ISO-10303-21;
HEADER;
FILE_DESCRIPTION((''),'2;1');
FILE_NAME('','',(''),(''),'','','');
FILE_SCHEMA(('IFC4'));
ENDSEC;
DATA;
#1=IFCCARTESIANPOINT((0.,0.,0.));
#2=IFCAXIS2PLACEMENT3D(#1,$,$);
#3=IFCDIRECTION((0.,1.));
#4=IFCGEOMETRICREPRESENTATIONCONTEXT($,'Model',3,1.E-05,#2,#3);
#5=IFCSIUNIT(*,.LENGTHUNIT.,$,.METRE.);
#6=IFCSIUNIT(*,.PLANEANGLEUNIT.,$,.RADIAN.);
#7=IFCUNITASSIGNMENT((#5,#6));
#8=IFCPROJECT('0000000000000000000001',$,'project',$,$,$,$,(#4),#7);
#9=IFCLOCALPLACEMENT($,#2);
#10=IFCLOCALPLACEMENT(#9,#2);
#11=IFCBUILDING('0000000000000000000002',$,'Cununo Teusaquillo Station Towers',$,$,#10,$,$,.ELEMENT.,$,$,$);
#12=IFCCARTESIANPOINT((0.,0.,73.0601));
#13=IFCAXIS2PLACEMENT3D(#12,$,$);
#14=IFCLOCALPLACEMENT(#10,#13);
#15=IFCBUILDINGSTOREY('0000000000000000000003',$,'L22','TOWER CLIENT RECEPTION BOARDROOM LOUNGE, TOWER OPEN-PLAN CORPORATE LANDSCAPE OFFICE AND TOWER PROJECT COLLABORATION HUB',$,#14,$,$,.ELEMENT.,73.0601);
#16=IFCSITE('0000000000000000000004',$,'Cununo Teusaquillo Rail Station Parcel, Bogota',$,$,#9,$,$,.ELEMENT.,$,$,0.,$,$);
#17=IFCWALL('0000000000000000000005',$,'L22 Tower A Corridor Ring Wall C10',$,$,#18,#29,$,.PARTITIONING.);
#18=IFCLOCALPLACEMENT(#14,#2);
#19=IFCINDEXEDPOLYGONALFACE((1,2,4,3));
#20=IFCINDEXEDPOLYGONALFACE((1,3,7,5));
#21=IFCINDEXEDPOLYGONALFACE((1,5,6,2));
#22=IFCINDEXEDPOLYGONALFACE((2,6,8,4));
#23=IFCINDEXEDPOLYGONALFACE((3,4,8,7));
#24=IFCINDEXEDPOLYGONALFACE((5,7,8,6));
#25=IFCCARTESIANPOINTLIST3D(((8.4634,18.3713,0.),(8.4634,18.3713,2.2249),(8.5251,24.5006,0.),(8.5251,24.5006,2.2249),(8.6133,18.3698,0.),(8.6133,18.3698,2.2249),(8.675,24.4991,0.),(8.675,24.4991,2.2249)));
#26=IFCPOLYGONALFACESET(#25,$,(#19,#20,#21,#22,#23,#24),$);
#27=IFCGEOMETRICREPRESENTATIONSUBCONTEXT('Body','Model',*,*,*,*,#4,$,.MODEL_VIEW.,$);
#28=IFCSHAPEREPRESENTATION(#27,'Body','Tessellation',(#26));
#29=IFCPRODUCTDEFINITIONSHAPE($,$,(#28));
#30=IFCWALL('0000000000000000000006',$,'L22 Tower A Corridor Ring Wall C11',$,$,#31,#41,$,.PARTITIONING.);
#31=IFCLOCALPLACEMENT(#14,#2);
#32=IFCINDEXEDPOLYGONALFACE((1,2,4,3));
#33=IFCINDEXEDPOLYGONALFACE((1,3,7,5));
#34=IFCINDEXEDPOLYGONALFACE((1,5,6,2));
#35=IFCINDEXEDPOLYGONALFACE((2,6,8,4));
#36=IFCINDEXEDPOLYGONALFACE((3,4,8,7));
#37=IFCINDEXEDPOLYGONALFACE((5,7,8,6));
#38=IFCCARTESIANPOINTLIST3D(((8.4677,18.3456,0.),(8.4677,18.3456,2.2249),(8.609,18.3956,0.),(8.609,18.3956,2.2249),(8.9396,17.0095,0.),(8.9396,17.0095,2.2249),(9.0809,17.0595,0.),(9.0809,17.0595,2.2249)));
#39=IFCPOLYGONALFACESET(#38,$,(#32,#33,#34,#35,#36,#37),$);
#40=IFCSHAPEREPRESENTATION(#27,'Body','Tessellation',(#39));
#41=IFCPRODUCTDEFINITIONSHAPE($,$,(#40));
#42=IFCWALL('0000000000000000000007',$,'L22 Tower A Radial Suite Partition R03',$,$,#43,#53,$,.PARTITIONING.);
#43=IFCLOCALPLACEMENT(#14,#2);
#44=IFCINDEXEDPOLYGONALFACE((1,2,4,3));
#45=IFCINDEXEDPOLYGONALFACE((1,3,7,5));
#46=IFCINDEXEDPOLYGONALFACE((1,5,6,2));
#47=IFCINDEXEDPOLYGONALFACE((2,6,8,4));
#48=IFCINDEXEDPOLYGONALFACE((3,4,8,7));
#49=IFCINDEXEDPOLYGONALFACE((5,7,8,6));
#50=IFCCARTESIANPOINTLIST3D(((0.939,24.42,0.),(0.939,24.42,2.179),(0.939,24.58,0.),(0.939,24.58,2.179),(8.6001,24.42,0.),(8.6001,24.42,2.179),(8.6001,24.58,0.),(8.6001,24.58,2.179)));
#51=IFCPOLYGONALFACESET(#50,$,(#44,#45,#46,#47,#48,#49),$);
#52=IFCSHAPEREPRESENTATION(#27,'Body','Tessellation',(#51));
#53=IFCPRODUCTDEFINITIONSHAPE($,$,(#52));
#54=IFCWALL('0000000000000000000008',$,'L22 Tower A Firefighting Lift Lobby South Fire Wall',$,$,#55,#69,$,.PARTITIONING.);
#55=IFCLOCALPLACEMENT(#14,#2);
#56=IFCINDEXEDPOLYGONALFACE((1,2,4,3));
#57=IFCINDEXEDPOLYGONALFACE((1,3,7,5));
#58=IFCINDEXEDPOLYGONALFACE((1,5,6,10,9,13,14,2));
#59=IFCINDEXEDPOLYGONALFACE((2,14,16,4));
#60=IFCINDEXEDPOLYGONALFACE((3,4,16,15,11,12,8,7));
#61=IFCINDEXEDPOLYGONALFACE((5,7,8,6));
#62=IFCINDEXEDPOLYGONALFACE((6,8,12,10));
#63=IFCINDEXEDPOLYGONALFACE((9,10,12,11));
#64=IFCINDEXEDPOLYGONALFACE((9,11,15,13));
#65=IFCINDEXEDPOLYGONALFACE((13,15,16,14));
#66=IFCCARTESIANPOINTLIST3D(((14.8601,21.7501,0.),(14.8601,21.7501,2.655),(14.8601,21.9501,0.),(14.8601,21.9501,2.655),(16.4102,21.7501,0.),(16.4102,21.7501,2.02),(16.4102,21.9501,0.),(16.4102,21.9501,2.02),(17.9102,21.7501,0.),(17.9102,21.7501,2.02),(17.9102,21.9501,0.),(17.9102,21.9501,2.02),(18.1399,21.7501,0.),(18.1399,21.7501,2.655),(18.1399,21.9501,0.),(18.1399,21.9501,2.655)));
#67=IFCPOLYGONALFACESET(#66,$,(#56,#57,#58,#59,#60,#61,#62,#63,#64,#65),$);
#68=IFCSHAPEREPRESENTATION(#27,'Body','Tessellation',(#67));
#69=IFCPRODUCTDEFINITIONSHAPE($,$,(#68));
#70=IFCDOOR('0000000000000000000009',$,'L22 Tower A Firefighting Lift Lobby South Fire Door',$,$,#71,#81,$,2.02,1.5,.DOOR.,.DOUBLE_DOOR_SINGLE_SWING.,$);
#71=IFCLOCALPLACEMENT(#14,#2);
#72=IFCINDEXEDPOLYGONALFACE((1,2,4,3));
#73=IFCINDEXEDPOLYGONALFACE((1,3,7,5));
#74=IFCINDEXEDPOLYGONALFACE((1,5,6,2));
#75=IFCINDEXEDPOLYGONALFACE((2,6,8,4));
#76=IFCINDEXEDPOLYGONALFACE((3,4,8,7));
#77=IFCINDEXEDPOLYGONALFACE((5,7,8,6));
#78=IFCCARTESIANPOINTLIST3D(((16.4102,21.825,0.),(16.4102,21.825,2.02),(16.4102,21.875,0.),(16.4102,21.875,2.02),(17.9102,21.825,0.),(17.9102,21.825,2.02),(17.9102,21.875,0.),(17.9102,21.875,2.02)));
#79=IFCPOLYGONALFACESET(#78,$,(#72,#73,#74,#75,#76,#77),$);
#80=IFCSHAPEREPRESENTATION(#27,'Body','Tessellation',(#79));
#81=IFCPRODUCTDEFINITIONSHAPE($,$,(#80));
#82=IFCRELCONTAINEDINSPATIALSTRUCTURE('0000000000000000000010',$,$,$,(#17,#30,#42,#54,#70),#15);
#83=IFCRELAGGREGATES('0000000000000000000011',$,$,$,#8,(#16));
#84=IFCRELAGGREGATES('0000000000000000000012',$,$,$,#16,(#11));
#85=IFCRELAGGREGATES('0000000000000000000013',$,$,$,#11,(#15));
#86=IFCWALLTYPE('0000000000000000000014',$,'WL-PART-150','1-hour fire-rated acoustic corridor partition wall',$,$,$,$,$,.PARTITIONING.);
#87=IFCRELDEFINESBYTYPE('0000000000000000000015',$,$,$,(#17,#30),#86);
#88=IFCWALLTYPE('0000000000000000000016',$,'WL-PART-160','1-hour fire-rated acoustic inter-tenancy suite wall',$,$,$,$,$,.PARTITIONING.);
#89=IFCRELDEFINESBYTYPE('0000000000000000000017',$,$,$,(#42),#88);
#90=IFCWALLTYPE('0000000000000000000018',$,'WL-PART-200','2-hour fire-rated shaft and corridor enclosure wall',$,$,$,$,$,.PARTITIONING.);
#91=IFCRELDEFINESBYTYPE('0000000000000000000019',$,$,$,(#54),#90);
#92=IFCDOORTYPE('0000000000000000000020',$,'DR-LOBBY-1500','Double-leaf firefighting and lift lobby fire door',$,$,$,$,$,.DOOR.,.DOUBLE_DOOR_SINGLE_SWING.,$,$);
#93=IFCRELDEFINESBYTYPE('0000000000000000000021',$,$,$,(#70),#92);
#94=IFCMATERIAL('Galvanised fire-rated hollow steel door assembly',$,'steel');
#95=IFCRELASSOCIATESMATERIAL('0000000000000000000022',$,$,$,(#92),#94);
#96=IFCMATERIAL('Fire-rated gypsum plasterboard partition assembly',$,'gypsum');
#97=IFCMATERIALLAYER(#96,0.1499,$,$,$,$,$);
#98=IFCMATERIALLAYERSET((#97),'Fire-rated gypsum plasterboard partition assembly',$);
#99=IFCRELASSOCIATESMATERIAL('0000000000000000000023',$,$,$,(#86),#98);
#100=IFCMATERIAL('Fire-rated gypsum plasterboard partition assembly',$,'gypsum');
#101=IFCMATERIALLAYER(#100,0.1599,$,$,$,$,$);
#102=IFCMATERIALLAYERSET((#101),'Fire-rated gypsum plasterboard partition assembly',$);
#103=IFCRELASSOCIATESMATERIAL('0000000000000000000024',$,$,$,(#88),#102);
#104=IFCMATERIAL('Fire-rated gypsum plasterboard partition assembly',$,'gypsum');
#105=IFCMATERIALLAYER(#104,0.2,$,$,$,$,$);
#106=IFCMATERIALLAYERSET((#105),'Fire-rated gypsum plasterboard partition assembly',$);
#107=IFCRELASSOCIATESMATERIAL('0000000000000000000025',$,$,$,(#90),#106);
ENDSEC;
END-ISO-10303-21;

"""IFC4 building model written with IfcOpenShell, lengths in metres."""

from ifc_helpers import new_model, si_unit, direction, frame, frame_2d, origin, place, context, subcontext, project, spatial, rectangle, extrude, source, transform, mapped, material, layer, layer_set, type_object, element, fill, save


model = new_model("IFC4")

# Units and contexts
model_context = context("Model", 3, precision=1e-05, world=origin(), true_north=direction((0.0, 1.0)))
body_context = subcontext(model_context, "Body", "Model", "MODEL_VIEW")
ifc_project = project(units=[si_unit("LENGTHUNIT", "METRE"), si_unit("PLANEANGLEUNIT", "RADIAN")], contexts=[model_context])

# Site, building, storey
site_placement = place(None, origin())
site = spatial("IfcSite", under=ifc_project, at=site_placement, Name="Cununo Teusaquillo Rail Station Parcel, Bogota", CompositionType="ELEMENT", RefElevation=0.0)
building_placement = place(site_placement, origin())
building = spatial("IfcBuilding", under=site, at=building_placement, Name="Cununo Teusaquillo Station Towers", CompositionType="ELEMENT")
storey_placement = place(building_placement, frame((0.0, 0.0, 73.0601)))
storey = spatial("IfcBuildingStorey", under=building, at=storey_placement, Name="L22", Description="TOWER CLIENT RECEPTION BOARDROOM LOUNGE, TOWER OPEN-PLAN CORPORATE LANDSCAPE OFFICE AND TOWER PROJECT COLLABORATION HUB", CompositionType="ELEMENT", Elevation=73.0601)

# Shared definitions
ifc_material_1 = material(Name="Galvanised fire-rated hollow steel door assembly", Category="steel")
door_type_1 = type_object("IfcDoorType", Name="DR-LOBBY-1500", Description="Double-leaf firefighting and lift lobby fire door", OperationType="DOUBLE_DOOR_SINGLE_SWING", PredefinedType="DOOR", material=ifc_material_1)
shared_shape_1 = source(origin(), body_context, "Body", "SweptSolid", [
    extrude(rectangle(XDim=1.5, YDim=2.02, at=frame_2d((0.75, 1.01))), frame((0.0, 0.0249, 0.0), z_axis=(0.0, -1.0, 0.0), x_axis=(1.0, 0.0, 0.0)), (0.0, 0.0, 1.0), 0.05),
])

# Walls
ifc_material_2 = material(Name="Fire-rated gypsum plasterboard partition assembly", Category="gypsum")
ifc_layer_1 = layer(ifc_material_2, 0.1499)
ifc_layer_set_1 = layer_set([ifc_layer_1], Name="Fire-rated gypsum plasterboard partition assembly")
wall_type_1 = type_object("IfcWallType", Name="WL-PART-150", Description="1-hour fire-rated acoustic corridor partition wall", PredefinedType="PARTITIONING", material=ifc_layer_set_1)
wall_1_placement = place(storey_placement, frame((8.6001, 24.5, 0.0), z_axis=(0.0, 0.0, 1.0), x_axis=(-0.010077, -0.999949, 0.0)))
element("IfcWall", 1, at=wall_1_placement, inside=storey, type_object=wall_type_1, Name="L22 Tower A Corridor Ring Wall C10", PredefinedType="PARTITIONING", context=body_context, shape_type="SweptSolid", body=[
    extrude(rectangle(XDim=6.1296, YDim=0.1499, at=frame_2d((3.0649, 0.0))), origin(), (0.0, 0.0, 1.0), 2.2249),
])
wall_2_placement = place(storey_placement, frame((8.5383, 18.3706, 0.0), z_axis=(0.0, 0.0, 1.0), x_axis=(0.333027, -0.942917, 0.0)))
element("IfcWall", 2, at=wall_2_placement, inside=storey, type_object=wall_type_1, Name="L22 Tower A Corridor Ring Wall C11", PredefinedType="PARTITIONING", context=body_context, shape_type="SweptSolid", body=[
    extrude(rectangle(XDim=1.417, YDim=0.1499, at=frame_2d((0.7085, 0.0))), origin(), (0.0, 0.0, 1.0), 2.2249),
])
ifc_material_3 = material(Name="Fire-rated gypsum plasterboard partition assembly", Category="gypsum")
ifc_layer_2 = layer(ifc_material_3, 0.1599)
ifc_layer_set_2 = layer_set([ifc_layer_2], Name="Fire-rated gypsum plasterboard partition assembly")
wall_type_2 = type_object("IfcWallType", Name="WL-PART-160", Description="1-hour fire-rated acoustic inter-tenancy suite wall", PredefinedType="PARTITIONING", material=ifc_layer_set_2)
wall_3_placement = place(storey_placement, frame((8.6001, 24.5, 0.0), z_axis=(0.0, 0.0, 1.0), x_axis=(-1.0, 0.0, 0.0)))
element("IfcWall", 3, at=wall_3_placement, inside=storey, type_object=wall_type_2, Name="L22 Tower A Radial Suite Partition R03", PredefinedType="PARTITIONING", context=body_context, shape_type="SweptSolid", body=[
    extrude(rectangle(XDim=7.6611, YDim=0.1599, at=frame_2d((3.8306, 0.0))), origin(), (0.0, 0.0, 1.0), 2.179),
])

# Wall, opening, door
ifc_material_4 = material(Name="Fire-rated gypsum plasterboard partition assembly", Category="gypsum")
ifc_layer_3 = layer(ifc_material_4, 0.2)
ifc_layer_set_3 = layer_set([ifc_layer_3], Name="Fire-rated gypsum plasterboard partition assembly")
wall_type_3 = type_object("IfcWallType", Name="WL-PART-200", Description="2-hour fire-rated shaft and corridor enclosure wall", PredefinedType="PARTITIONING", material=ifc_layer_set_3)
wall_4_placement = place(storey_placement, frame((14.8601, 21.8501, 0.0), z_axis=(0.0, 0.0, 1.0), x_axis=(1.0, 0.0, 0.0)))
wall_4 = element("IfcWall", 4, at=wall_4_placement, inside=storey, type_object=wall_type_3, Name="L22 Tower A Firefighting Lift Lobby South Fire Wall", PredefinedType="PARTITIONING", context=body_context, shape_type="SweptSolid", body=[
    extrude(rectangle(XDim=3.2798, YDim=0.2, at=frame_2d((1.6399, 0.0))), origin(), (0.0, 0.0, 1.0), 2.655),
])
shared_shape_2 = source(origin(), body_context, "Body", "SweptSolid", [
    extrude(rectangle(XDim=1.5, YDim=2.02, at=frame_2d((0.75, 1.01))), frame((0.0, 0.1099, 0.0), z_axis=(0.0, -1.0, 0.0), x_axis=(1.0, 0.0, 0.0)), (0.0, 0.0, 1.0), 0.22),
])
opening_1_placement = place(wall_4_placement, frame((1.55, 0.0, 0.0)))
opening_1 = element("IfcOpeningElement", 5, at=opening_1_placement, cuts=wall_4, PredefinedType="OPENING", context=body_context, shape_type="MappedRepresentation", body=[
    mapped(shared_shape_2, transform((0.0, 0.0, 0.0), x_axis=(1.0, 0.0, 0.0), y_axis=(0.0, 1.0, 0.0), z_axis=(0.0, 0.0, 1.0), scale=1.0)),
])
door_1_placement = place(opening_1_placement, origin())
door_1 = element("IfcDoor", 6, at=door_1_placement, inside=storey, type_object=door_type_1, Name="L22 Tower A Firefighting Lift Lobby South Fire Door", OperationType="DOUBLE_DOOR_SINGLE_SWING", OverallHeight=2.02, OverallWidth=1.5, PredefinedType="DOOR", context=body_context, shape_type="MappedRepresentation", body=[
    mapped(shared_shape_1, transform((0.0, 0.0, 0.0), x_axis=(1.0, 0.0, 0.0), y_axis=(0.0, 1.0, 0.0), z_axis=(0.0, 0.0, 1.0), scale=1.0)),
])
fill(opening_1, door_1)

save(model, "model.ifc")
